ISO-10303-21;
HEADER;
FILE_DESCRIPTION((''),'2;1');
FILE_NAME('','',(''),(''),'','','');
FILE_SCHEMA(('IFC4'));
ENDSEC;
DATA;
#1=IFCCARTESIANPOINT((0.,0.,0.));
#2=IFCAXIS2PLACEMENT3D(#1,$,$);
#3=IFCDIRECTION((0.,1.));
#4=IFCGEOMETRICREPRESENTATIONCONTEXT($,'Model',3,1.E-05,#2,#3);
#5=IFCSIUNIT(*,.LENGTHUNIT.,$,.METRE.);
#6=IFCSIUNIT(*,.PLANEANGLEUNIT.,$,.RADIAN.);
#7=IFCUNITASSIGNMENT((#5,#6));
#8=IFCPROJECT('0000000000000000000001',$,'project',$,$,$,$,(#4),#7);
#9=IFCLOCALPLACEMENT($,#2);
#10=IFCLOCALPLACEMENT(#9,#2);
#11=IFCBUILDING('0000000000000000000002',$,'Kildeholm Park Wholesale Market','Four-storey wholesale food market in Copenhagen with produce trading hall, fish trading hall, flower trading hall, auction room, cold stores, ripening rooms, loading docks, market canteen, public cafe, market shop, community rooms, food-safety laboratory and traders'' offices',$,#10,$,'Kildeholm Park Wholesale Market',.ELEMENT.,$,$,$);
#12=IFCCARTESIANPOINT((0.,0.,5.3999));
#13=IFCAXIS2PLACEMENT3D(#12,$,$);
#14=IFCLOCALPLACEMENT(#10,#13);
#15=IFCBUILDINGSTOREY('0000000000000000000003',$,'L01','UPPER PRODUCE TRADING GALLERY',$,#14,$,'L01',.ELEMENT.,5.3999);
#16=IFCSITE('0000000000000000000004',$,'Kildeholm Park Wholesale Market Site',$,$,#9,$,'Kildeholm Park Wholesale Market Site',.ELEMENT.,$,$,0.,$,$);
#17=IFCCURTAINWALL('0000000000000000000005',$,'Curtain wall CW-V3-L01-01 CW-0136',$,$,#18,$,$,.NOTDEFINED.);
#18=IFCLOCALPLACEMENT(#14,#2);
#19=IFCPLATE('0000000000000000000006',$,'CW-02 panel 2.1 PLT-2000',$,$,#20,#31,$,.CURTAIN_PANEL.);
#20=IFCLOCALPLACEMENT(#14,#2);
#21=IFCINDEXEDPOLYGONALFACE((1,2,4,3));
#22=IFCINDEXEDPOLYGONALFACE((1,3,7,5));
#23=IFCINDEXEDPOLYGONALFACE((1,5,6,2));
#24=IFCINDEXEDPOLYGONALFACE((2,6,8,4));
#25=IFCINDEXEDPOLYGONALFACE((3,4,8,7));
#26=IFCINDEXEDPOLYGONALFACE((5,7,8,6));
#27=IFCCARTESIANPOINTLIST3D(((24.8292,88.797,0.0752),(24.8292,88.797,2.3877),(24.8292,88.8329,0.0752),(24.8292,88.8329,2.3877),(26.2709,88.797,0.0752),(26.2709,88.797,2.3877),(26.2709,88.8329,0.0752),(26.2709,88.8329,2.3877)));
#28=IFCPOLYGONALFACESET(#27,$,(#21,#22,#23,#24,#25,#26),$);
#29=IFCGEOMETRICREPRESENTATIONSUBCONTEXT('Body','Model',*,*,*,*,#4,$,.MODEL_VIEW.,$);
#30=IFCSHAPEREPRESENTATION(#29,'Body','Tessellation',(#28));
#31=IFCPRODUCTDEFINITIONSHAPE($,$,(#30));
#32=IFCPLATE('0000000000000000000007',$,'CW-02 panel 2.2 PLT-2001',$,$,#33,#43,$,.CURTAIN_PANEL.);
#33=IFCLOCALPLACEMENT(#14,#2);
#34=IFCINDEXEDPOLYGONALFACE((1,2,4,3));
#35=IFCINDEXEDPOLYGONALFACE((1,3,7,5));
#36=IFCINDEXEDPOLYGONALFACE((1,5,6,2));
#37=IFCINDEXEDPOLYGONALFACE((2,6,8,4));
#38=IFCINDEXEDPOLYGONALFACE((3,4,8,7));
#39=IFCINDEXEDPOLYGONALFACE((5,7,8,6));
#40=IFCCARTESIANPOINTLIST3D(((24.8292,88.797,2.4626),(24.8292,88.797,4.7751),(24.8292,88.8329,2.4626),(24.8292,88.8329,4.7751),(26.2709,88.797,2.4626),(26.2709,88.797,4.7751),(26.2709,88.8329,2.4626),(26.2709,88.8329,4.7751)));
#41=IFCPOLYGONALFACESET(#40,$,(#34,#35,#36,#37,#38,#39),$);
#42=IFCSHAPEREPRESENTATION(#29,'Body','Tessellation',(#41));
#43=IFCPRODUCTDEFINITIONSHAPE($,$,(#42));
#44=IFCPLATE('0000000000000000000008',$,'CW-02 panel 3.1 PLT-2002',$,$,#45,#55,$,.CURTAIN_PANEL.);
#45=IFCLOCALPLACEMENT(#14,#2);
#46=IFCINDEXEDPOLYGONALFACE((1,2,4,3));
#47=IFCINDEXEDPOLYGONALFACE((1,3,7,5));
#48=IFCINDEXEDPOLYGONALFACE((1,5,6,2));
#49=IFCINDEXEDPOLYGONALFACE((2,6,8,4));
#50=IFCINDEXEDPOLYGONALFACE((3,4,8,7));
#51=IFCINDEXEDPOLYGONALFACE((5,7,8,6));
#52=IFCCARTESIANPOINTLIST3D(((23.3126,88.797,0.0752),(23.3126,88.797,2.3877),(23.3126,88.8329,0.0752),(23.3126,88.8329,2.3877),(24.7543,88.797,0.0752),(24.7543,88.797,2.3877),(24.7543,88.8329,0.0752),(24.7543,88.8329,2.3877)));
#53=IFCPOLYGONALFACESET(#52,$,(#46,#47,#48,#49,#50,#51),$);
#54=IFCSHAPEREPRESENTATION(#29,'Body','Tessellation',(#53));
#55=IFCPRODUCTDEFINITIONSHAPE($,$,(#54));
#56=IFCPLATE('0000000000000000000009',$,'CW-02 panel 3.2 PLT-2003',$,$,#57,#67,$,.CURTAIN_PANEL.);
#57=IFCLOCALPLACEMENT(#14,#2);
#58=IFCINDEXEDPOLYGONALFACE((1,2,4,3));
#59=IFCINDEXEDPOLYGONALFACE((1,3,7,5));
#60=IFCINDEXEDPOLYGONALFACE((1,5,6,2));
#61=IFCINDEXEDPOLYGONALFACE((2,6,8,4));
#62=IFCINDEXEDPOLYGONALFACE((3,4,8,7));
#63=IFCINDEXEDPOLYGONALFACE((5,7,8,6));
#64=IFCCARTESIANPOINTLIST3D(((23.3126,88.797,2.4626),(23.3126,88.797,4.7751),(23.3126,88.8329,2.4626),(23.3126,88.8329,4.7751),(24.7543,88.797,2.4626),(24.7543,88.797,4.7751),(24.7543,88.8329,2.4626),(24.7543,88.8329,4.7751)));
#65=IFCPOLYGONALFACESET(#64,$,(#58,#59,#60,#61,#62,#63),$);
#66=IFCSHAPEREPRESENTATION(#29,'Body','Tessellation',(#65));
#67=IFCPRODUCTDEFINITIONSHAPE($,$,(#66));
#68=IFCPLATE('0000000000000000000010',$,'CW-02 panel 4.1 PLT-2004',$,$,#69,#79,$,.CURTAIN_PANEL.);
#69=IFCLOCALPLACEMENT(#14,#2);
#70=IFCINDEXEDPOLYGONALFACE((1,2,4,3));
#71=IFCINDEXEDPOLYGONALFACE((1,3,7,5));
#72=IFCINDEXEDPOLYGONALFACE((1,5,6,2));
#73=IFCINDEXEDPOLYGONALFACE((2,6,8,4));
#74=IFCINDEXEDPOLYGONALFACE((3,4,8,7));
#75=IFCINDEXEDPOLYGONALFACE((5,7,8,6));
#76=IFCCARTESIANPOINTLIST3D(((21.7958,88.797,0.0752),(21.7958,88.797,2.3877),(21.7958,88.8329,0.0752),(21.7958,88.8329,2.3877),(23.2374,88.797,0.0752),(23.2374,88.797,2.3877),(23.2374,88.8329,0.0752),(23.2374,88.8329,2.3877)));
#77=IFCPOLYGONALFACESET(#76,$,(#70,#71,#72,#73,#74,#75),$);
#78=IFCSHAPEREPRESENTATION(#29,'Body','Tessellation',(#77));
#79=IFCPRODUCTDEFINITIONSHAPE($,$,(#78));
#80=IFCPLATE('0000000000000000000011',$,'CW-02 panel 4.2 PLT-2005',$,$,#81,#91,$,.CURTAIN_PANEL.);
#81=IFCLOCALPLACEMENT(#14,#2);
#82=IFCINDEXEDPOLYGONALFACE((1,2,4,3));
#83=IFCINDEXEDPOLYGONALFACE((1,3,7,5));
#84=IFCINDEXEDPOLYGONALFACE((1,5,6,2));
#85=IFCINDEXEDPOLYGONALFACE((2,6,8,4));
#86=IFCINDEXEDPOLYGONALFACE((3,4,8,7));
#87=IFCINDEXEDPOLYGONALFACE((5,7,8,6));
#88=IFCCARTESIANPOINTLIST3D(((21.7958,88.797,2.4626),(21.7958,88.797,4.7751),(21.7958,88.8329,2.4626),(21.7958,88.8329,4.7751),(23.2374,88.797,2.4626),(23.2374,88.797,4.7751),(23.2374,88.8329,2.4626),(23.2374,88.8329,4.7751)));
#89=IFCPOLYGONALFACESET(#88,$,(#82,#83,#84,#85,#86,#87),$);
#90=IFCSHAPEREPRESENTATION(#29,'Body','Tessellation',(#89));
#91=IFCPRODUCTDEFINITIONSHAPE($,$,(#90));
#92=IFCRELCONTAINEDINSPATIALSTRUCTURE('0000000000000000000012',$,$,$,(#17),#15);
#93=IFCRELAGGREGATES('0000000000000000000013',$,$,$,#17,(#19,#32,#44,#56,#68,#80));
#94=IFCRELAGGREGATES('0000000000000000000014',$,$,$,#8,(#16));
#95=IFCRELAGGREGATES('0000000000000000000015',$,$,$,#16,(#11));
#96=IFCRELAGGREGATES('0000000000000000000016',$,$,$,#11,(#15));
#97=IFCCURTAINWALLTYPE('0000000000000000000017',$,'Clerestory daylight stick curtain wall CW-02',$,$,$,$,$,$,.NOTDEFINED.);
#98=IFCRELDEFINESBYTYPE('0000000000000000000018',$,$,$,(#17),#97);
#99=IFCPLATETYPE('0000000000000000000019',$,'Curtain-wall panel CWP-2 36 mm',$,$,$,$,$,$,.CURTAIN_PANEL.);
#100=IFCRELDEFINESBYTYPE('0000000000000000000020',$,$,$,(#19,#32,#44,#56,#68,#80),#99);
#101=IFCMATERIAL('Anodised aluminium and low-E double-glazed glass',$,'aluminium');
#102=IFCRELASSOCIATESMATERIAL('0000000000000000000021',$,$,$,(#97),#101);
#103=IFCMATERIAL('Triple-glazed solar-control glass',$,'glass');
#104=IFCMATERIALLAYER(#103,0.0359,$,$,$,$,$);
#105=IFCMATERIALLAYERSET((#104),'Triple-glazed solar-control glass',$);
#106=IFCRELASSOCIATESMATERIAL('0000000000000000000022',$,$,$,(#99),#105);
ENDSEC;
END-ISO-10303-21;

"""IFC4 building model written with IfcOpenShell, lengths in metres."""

from ifc_helpers import new_model, si_unit, direction, frame, origin, origin_2d, place, context, subcontext, project, spatial, rectangle, extrude, material, layer, layer_set, type_object, element, aggregate, save


model = new_model("IFC4")

# Units and contexts
model_context = context("Model", 3, precision=1e-05, world=origin(), true_north=direction((0.0, 1.0)))
body_context = subcontext(model_context, "Body", "Model", "MODEL_VIEW")
ifc_project = project(units=[si_unit("LENGTHUNIT", "METRE"), si_unit("PLANEANGLEUNIT", "RADIAN")], contexts=[model_context])

# Site, building, storey
site_placement = place(None, origin())
site = spatial("IfcSite", under=ifc_project, at=site_placement, Name="Kildeholm Park Wholesale Market Site", LongName="Kildeholm Park Wholesale Market Site", CompositionType="ELEMENT", RefElevation=0.0)
building_placement = place(site_placement, origin())
building = spatial("IfcBuilding", under=site, at=building_placement, Name="Kildeholm Park Wholesale Market", Description="Four-storey wholesale food market in Copenhagen with produce trading hall, fish trading hall, flower trading hall, auction room, cold stores, ripening rooms, loading docks, market canteen, public cafe, market shop, community rooms, food-safety laboratory and traders' offices", LongName="Kildeholm Park Wholesale Market", CompositionType="ELEMENT")
storey_placement = place(building_placement, frame((0.0, 0.0, 5.3999)))
storey = spatial("IfcBuildingStorey", under=building, at=storey_placement, Name="L01", Description="UPPER PRODUCE TRADING GALLERY", LongName="L01", CompositionType="ELEMENT", Elevation=5.3999)

# Curtain wall, plates
ifc_material_1 = material(Name="Anodised aluminium and low-E double-glazed glass", Category="aluminium")
curtain_wall_type = type_object("IfcCurtainWallType", Name="Clerestory daylight stick curtain wall CW-02", PredefinedType="NOTDEFINED", material=ifc_material_1)
curtain_wall_placement = place(storey_placement, origin())
curtain_wall = element("IfcCurtainWall", 1, at=curtain_wall_placement, inside=storey, type_object=curtain_wall_type, Name="Curtain wall CW-V3-L01-01 CW-0136", PredefinedType="NOTDEFINED")
ifc_material_2 = material(Name="Triple-glazed solar-control glass", Category="glass")
ifc_layer = layer(ifc_material_2, 0.0359)
ifc_layer_set = layer_set([ifc_layer], Name="Triple-glazed solar-control glass")
plate_type = type_object("IfcPlateType", Name="Curtain-wall panel CWP-2 36 mm", PredefinedType="CURTAIN_PANEL", material=ifc_layer_set)
plate_1_placement = place(storey_placement, frame((25.55, 88.8149, 0.0752), z_axis=(0.0, 0.0, 1.0), x_axis=(-1.0, 0.0, 0.0)))
plate_1 = element("IfcPlate", 2, at=plate_1_placement, type_object=plate_type, Name="CW-02 panel 2.1 PLT-2000", PredefinedType="CURTAIN_PANEL", context=body_context, shape_type="SweptSolid", body=[
    extrude(rectangle(XDim=1.4417, YDim=0.0359, at=origin_2d()), origin(), (0.0, 0.0, 1.0), 2.3125),
])
plate_2_placement = place(storey_placement, frame((25.55, 88.8149, 2.4626), z_axis=(0.0, 0.0, 1.0), x_axis=(-1.0, 0.0, 0.0)))
plate_2 = element("IfcPlate", 3, at=plate_2_placement, type_object=plate_type, Name="CW-02 panel 2.2 PLT-2001", PredefinedType="CURTAIN_PANEL", context=body_context, shape_type="SweptSolid", body=[
    extrude(rectangle(XDim=1.4417, YDim=0.0359, at=origin_2d()), origin(), (0.0, 0.0, 1.0), 2.3125),
])
plate_3_placement = place(storey_placement, frame((24.0334, 88.8149, 0.0752), z_axis=(0.0, 0.0, 1.0), x_axis=(-1.0, 0.0, 0.0)))
plate_3 = element("IfcPlate", 4, at=plate_3_placement, type_object=plate_type, Name="CW-02 panel 3.1 PLT-2002", PredefinedType="CURTAIN_PANEL", context=body_context, shape_type="SweptSolid", body=[
    extrude(rectangle(XDim=1.4417, YDim=0.0359, at=origin_2d()), origin(), (0.0, 0.0, 1.0), 2.3125),
])
plate_4_placement = place(storey_placement, frame((24.0334, 88.8149, 2.4626), z_axis=(0.0, 0.0, 1.0), x_axis=(-1.0, 0.0, 0.0)))
plate_4 = element("IfcPlate", 5, at=plate_4_placement, type_object=plate_type, Name="CW-02 panel 3.2 PLT-2003", PredefinedType="CURTAIN_PANEL", context=body_context, shape_type="SweptSolid", body=[
    extrude(rectangle(XDim=1.4417, YDim=0.0359, at=origin_2d()), origin(), (0.0, 0.0, 1.0), 2.3125),
])
plate_5_placement = place(storey_placement, frame((22.5166, 88.8149, 0.0752), z_axis=(0.0, 0.0, 1.0), x_axis=(-1.0, 0.0, 0.0)))
plate_5 = element("IfcPlate", 6, at=plate_5_placement, type_object=plate_type, Name="CW-02 panel 4.1 PLT-2004", PredefinedType="CURTAIN_PANEL", context=body_context, shape_type="SweptSolid", body=[
    extrude(rectangle(XDim=1.4417, YDim=0.0359, at=origin_2d()), origin(), (0.0, 0.0, 1.0), 2.3125),
])
plate_6_placement = place(storey_placement, frame((22.5166, 88.8149, 2.4626), z_axis=(0.0, 0.0, 1.0), x_axis=(-1.0, 0.0, 0.0)))
plate_6 = element("IfcPlate", 7, at=plate_6_placement, type_object=plate_type, Name="CW-02 panel 4.2 PLT-2005", PredefinedType="CURTAIN_PANEL", context=body_context, shape_type="SweptSolid", body=[
    extrude(rectangle(XDim=1.4417, YDim=0.0359, at=origin_2d()), origin(), (0.0, 0.0, 1.0), 2.3125),
])
aggregate(curtain_wall, [plate_1, plate_2, plate_3, plate_4, plate_5, plate_6])

save(model, "model.ifc")
